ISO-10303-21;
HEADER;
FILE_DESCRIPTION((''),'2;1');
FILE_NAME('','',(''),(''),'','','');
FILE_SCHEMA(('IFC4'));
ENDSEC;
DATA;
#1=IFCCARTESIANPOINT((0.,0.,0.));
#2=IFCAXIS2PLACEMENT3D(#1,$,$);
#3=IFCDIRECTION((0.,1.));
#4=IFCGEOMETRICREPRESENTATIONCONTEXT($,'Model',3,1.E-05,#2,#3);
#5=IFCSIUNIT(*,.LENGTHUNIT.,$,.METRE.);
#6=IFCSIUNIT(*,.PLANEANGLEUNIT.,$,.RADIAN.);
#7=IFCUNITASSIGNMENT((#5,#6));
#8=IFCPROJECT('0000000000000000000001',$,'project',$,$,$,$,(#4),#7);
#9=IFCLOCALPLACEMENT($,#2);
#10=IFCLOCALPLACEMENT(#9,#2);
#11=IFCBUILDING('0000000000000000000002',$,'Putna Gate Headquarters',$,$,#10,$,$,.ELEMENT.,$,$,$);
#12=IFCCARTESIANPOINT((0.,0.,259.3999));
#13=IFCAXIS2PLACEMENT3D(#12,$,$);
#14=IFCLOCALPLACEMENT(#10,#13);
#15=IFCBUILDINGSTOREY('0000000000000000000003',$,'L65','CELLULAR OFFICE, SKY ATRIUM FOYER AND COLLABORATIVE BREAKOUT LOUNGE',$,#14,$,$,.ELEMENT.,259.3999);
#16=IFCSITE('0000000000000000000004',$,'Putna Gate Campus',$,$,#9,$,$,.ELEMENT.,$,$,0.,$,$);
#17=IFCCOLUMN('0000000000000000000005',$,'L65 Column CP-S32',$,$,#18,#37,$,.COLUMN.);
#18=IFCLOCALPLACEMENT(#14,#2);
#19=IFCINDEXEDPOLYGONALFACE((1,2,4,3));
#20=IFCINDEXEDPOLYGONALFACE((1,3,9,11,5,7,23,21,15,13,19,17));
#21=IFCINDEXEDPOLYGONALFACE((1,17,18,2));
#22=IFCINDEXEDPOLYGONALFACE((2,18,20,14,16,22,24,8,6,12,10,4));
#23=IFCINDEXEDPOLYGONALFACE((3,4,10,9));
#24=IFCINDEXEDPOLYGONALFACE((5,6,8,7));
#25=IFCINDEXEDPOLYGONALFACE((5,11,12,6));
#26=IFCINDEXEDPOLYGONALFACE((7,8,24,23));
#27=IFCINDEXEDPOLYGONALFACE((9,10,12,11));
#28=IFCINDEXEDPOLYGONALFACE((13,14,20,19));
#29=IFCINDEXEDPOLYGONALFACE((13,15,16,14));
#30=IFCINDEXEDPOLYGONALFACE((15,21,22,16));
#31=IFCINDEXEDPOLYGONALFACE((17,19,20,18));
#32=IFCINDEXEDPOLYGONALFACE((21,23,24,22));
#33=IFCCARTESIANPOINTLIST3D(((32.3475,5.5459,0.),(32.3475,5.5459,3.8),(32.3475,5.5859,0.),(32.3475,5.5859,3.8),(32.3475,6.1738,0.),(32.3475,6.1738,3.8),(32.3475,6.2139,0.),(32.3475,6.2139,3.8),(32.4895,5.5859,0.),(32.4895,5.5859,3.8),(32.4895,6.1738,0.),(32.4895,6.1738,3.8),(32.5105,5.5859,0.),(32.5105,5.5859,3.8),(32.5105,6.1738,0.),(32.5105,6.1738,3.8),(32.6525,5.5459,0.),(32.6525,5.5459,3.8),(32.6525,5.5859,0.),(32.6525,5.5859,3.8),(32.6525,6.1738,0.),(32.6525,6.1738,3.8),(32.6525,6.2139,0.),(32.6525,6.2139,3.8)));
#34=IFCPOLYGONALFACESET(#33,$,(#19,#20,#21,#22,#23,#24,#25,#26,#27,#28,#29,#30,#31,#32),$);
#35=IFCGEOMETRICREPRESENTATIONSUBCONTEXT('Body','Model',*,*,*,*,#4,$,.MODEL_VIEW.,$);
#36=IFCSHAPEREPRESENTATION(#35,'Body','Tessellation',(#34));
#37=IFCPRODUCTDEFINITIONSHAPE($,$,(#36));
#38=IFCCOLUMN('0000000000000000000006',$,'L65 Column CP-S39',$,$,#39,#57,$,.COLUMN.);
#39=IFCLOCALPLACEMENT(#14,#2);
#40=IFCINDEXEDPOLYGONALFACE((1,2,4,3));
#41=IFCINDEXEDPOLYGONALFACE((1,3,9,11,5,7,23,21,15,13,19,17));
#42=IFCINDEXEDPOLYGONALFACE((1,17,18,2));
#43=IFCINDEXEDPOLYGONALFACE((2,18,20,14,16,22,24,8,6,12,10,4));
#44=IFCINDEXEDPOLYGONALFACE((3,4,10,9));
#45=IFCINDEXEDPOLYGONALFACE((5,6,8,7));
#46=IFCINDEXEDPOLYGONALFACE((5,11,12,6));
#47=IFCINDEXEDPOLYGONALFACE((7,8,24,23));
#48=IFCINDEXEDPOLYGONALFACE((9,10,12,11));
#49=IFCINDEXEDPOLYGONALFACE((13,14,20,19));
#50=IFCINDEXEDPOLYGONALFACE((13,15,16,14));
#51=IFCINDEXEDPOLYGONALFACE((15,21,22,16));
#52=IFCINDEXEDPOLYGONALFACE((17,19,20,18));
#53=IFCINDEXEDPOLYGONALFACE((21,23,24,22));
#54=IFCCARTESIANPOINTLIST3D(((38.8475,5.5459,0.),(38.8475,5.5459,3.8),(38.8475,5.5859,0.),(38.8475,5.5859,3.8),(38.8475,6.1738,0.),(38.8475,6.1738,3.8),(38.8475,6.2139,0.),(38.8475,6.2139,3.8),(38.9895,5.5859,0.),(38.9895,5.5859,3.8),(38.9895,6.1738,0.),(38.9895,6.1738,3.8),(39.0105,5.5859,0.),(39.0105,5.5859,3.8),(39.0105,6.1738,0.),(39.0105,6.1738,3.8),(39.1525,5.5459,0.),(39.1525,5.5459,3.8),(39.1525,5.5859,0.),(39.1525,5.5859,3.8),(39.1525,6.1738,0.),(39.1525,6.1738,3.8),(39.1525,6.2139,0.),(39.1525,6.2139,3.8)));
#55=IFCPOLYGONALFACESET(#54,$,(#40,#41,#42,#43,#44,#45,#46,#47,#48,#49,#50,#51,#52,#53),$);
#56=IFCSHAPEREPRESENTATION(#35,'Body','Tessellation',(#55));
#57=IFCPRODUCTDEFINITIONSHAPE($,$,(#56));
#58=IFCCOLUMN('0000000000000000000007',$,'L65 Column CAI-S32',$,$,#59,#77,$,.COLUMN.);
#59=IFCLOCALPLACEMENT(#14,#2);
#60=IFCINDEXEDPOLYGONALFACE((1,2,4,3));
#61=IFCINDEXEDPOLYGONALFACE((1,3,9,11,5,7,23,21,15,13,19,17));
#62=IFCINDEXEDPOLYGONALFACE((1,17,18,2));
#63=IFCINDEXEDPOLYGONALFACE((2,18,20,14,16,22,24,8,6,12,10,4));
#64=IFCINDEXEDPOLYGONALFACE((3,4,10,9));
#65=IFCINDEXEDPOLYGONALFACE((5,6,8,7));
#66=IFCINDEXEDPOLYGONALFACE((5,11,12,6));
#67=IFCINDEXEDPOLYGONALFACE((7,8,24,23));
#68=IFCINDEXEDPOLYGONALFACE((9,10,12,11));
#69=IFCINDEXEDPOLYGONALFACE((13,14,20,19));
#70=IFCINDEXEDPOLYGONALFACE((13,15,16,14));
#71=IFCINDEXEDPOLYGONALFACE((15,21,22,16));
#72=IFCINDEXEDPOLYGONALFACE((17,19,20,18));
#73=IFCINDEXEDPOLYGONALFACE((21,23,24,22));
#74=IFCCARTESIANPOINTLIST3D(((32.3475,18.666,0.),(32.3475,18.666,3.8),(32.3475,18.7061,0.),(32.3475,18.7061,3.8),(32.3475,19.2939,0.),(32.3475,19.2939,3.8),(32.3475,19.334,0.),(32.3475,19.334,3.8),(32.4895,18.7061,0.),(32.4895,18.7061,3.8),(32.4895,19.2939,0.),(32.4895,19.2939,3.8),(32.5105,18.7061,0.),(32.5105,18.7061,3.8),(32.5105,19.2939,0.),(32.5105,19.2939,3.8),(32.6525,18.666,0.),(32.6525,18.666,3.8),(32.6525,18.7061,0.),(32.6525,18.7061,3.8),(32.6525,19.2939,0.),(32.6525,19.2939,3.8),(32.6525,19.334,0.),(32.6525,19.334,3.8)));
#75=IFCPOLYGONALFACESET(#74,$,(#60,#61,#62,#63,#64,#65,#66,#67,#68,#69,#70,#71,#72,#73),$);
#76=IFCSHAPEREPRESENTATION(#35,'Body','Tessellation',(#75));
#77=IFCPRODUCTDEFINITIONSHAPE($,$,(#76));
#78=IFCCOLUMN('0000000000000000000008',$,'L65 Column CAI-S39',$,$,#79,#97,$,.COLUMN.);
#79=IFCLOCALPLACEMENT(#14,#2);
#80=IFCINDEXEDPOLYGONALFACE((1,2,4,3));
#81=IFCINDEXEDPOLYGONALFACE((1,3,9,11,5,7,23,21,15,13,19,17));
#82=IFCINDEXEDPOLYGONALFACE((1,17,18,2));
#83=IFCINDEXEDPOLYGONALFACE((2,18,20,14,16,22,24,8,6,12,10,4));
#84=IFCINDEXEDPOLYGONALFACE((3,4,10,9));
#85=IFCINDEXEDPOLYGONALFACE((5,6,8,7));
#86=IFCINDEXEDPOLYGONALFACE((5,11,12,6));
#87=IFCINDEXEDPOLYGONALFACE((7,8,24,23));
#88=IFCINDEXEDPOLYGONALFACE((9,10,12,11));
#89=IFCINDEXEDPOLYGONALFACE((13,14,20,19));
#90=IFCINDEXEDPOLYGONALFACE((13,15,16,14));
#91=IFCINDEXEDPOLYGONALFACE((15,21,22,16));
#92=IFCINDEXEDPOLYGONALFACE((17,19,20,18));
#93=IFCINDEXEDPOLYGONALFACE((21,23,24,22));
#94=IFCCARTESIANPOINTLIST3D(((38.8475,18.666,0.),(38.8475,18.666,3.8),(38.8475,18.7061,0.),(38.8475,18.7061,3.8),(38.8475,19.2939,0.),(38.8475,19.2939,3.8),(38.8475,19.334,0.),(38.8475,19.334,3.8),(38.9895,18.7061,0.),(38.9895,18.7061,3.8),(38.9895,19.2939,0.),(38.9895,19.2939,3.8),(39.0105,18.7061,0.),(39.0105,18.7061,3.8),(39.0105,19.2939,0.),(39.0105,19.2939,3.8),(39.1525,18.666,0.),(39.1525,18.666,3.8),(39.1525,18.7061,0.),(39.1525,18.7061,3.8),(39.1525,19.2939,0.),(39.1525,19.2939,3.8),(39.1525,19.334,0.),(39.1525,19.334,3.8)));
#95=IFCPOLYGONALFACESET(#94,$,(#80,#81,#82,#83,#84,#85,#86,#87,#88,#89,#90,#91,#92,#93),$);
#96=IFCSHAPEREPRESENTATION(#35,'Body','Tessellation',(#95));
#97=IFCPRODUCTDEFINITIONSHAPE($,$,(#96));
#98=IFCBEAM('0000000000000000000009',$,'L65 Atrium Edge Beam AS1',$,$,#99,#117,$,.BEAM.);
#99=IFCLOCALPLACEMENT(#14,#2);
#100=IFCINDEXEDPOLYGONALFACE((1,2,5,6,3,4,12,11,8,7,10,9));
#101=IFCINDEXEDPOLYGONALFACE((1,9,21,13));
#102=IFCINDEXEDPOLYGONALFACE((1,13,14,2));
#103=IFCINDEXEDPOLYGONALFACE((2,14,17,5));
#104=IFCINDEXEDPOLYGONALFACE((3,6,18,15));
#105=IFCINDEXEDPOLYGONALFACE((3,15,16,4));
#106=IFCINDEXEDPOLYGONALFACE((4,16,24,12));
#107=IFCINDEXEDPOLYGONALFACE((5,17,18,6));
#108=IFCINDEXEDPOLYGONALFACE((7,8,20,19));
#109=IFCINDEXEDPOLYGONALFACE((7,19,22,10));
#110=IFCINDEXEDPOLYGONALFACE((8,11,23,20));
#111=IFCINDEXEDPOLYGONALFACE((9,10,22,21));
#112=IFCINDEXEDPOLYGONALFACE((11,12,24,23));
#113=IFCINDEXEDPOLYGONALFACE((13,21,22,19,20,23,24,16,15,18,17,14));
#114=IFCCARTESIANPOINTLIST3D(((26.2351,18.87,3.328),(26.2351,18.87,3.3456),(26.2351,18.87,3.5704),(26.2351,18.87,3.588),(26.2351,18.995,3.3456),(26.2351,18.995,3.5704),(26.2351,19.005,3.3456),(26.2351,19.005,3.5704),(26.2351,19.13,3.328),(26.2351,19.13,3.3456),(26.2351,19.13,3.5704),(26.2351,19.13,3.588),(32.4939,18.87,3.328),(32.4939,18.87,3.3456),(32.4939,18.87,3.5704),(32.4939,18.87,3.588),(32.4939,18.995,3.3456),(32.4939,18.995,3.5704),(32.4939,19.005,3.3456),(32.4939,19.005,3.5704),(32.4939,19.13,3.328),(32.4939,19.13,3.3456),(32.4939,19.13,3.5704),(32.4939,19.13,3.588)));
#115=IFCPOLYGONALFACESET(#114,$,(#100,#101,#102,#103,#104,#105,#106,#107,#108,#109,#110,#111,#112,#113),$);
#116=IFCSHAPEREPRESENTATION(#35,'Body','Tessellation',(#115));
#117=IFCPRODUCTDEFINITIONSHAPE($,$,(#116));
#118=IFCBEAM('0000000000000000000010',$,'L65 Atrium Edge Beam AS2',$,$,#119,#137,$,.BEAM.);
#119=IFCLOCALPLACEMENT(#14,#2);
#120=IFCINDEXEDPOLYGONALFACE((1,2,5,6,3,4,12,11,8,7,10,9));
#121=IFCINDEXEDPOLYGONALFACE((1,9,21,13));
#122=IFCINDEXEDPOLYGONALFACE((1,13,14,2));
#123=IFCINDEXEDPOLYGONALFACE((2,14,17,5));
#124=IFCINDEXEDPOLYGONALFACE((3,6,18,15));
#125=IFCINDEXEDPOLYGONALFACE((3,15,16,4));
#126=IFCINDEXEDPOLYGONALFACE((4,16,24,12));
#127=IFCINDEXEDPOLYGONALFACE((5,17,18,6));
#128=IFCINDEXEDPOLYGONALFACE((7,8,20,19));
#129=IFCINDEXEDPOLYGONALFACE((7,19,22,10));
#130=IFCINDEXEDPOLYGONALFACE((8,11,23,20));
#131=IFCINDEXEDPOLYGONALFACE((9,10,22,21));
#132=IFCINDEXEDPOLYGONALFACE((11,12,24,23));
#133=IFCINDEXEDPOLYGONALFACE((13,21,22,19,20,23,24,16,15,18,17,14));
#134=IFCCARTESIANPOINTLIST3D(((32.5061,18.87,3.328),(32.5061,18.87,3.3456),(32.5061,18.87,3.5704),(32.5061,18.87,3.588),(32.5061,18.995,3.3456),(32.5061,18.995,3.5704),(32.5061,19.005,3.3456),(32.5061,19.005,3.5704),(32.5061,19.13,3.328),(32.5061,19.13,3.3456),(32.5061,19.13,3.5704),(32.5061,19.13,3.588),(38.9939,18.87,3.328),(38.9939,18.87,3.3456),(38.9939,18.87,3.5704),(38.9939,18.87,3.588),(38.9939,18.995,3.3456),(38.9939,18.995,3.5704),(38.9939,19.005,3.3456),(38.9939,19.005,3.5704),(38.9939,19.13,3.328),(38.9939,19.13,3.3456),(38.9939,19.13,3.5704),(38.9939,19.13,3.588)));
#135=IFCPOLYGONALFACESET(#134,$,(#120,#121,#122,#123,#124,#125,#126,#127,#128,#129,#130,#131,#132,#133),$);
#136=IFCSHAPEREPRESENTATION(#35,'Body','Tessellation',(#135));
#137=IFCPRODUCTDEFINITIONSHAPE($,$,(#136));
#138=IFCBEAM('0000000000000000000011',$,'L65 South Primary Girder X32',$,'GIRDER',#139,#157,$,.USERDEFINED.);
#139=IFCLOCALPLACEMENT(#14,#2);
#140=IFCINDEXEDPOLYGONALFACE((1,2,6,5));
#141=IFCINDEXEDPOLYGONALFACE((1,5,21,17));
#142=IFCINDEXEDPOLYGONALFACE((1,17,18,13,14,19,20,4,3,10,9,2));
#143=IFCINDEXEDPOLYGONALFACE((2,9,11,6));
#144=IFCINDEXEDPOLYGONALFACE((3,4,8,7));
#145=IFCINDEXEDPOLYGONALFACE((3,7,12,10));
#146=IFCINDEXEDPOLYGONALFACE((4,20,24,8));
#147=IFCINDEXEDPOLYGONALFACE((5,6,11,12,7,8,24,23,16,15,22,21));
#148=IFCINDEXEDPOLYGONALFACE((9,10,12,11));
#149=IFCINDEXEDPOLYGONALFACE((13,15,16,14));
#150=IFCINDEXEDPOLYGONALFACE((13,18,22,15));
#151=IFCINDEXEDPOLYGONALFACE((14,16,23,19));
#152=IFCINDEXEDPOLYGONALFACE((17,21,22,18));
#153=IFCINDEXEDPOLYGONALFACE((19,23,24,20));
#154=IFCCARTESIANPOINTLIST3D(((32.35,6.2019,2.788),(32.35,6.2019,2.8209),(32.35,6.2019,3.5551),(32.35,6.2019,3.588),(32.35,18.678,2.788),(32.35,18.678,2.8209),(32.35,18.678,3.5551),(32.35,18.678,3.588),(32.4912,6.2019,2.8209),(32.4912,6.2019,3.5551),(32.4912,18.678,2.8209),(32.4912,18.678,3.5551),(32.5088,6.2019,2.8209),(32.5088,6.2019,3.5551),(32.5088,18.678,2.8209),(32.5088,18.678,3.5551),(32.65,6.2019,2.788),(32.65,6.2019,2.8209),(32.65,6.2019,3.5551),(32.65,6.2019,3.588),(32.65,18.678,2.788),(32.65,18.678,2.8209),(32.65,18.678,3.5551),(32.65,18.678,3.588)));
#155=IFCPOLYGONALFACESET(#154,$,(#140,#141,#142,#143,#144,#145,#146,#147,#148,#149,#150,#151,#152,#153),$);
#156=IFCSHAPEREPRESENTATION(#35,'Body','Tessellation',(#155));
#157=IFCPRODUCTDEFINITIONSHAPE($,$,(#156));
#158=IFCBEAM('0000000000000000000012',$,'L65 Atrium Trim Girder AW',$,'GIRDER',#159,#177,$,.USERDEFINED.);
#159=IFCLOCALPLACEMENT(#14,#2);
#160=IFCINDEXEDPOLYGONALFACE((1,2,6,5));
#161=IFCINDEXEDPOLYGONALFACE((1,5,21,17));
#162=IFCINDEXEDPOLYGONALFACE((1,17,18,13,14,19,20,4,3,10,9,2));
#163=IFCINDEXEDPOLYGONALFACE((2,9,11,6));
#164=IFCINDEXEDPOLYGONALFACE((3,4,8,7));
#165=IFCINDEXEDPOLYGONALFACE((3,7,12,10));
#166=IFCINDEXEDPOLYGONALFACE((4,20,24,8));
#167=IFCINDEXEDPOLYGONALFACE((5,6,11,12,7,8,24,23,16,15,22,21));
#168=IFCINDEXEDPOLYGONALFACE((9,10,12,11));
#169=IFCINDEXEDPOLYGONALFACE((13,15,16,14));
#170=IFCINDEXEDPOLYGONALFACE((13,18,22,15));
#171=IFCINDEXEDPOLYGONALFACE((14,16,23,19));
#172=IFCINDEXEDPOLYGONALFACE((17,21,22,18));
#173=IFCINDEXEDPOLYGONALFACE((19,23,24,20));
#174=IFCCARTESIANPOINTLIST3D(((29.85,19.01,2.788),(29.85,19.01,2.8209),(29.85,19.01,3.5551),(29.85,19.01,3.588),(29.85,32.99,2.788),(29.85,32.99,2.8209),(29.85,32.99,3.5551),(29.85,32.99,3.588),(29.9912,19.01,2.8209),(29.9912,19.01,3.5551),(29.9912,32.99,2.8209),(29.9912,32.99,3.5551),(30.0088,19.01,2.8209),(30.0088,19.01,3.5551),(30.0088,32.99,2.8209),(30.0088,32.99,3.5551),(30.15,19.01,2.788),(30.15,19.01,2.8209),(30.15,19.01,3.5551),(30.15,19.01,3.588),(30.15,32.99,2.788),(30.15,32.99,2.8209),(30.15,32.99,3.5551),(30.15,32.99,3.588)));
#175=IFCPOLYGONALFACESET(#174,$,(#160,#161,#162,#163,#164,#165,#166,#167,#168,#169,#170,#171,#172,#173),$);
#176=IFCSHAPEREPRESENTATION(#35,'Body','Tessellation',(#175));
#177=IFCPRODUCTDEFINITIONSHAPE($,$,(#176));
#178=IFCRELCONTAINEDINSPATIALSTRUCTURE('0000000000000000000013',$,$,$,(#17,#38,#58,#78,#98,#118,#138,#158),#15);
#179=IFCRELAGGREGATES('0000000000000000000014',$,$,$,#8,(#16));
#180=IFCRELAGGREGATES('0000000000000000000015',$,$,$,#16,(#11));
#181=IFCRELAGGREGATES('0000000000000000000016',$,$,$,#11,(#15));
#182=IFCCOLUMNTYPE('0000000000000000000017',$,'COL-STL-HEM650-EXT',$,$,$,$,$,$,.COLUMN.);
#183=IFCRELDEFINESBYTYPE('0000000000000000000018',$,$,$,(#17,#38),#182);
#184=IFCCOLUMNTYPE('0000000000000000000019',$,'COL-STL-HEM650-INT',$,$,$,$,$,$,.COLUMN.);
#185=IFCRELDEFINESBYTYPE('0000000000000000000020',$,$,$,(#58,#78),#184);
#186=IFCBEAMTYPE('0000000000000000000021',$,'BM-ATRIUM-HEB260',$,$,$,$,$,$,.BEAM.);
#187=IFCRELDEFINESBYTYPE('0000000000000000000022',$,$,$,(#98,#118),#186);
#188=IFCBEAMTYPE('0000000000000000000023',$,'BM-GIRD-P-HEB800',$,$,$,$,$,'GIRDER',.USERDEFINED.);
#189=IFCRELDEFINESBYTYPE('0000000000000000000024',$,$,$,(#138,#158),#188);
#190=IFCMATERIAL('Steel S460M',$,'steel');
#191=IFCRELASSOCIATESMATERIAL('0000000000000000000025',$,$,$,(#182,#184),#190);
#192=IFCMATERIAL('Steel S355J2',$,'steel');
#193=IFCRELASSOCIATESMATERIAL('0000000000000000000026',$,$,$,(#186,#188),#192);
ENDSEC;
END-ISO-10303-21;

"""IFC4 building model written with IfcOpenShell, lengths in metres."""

from ifc_helpers import new_model, si_unit, direction, frame, origin, origin_2d, place, context, subcontext, project, spatial, i_section, extrude, material, material_profile, profile_set, type_object, element, save


model = new_model("IFC4")

# Units and contexts
model_context = context("Model", 3, precision=1e-05, world=origin(), true_north=direction((0.0, 1.0)))
body_context = subcontext(model_context, "Body", "Model", "MODEL_VIEW")
ifc_project = project(units=[si_unit("LENGTHUNIT", "METRE"), si_unit("PLANEANGLEUNIT", "RADIAN")], contexts=[model_context])

# Site, building, storey
site_placement = place(None, origin())
site = spatial("IfcSite", under=ifc_project, at=site_placement, Name="Putna Gate Campus", CompositionType="ELEMENT", RefElevation=0.0)
building_placement = place(site_placement, origin())
building = spatial("IfcBuilding", under=site, at=building_placement, Name="Putna Gate Headquarters", CompositionType="ELEMENT")
storey_placement = place(building_placement, frame((0.0, 0.0, 259.3999)))
storey = spatial("IfcBuildingStorey", under=building, at=storey_placement, Name="L65", Description="CELLULAR OFFICE, SKY ATRIUM FOYER AND COLLABORATIVE BREAKOUT LOUNGE", CompositionType="ELEMENT", Elevation=259.3999)

# Columns
ifc_material_1 = material(Name="Steel S460M", Category="steel")
ifc_material_profile_1 = material_profile(ifc_material_1, i_section(OverallWidth=0.3049, OverallDepth=0.668, WebThickness=0.021, FlangeThickness=0.04, at=origin_2d()), Name="Steel S460M")
ifc_profile_set_1 = profile_set([ifc_material_profile_1], Name="Steel S460M")
column_type_1 = type_object("IfcColumnType", Name="COL-STL-HEM650-EXT", PredefinedType="COLUMN", material=ifc_profile_set_1)
for number, where, z_axis, x_axis, name in (
    (1, (32.5, 5.8799, 0.0), (0.0, 0.0, 1.0), (1.0, 0.0, 0.0), "L65 Column CP-S32"),
    (2, (39.0, 5.8799, 0.0), (0.0, 0.0, 1.0), (1.0, 0.0, 0.0), "L65 Column CP-S39"),
):
    element("IfcColumn", number, at=place(storey_placement, frame(where, z_axis=z_axis, x_axis=x_axis)), inside=storey, type_object=column_type_1, Name=name, PredefinedType="COLUMN", context=body_context, shape_type="SweptSolid", body=[
        extrude(i_section(OverallWidth=0.3049, OverallDepth=0.668, WebThickness=0.021, FlangeThickness=0.04, at=origin_2d()), origin(), (0.0, 0.0, 1.0), 3.8),
    ])
ifc_material_profile_2 = material_profile(ifc_material_1, i_section(OverallWidth=0.3049, OverallDepth=0.668, WebThickness=0.021, FlangeThickness=0.04, at=origin_2d()), Name="Steel S460M")
ifc_profile_set_2 = profile_set([ifc_material_profile_2], Name="Steel S460M")
column_type_2 = type_object("IfcColumnType", Name="COL-STL-HEM650-INT", PredefinedType="COLUMN", material=ifc_profile_set_2)
for number, where, z_axis, x_axis, name in (
    (3, (32.5, 19.0, 0.0), (0.0, 0.0, 1.0), (1.0, 0.0, 0.0), "L65 Column CAI-S32"),
    (4, (39.0, 19.0, 0.0), (0.0, 0.0, 1.0), (1.0, 0.0, 0.0), "L65 Column CAI-S39"),
):
    element("IfcColumn", number, at=place(storey_placement, frame(where, z_axis=z_axis, x_axis=x_axis)), inside=storey, type_object=column_type_2, Name=name, PredefinedType="COLUMN", context=body_context, shape_type="SweptSolid", body=[
        extrude(i_section(OverallWidth=0.3049, OverallDepth=0.668, WebThickness=0.021, FlangeThickness=0.04, at=origin_2d()), origin(), (0.0, 0.0, 1.0), 3.8),
    ])

# Beams
ifc_material_2 = material(Name="Steel S355J2", Category="steel")
ifc_material_profile_3 = material_profile(ifc_material_2, i_section(OverallWidth=0.26, OverallDepth=0.26, WebThickness=0.01, FlangeThickness=0.0176, at=origin_2d()), Name="Steel S355J2")
ifc_profile_set_3 = profile_set([ifc_material_profile_3], Name="Steel S355J2")
beam_type_1 = type_object("IfcBeamType", Name="BM-ATRIUM-HEB260", PredefinedType="BEAM", material=ifc_profile_set_3)
beam_1_placement = place(storey_placement, frame((26.2351, 19.0, 3.458), z_axis=(1.0, 0.0, 0.0), x_axis=(0.0, 1.0, 0.0)))
element("IfcBeam", 5, at=beam_1_placement, inside=storey, type_object=beam_type_1, Name="L65 Atrium Edge Beam AS1", PredefinedType="BEAM", context=body_context, shape_type="SweptSolid", body=[
    extrude(i_section(OverallWidth=0.26, OverallDepth=0.26, WebThickness=0.01, FlangeThickness=0.0176, at=origin_2d()), origin(), (0.0, 0.0, 1.0), 6.2588),
])
beam_2_placement = place(storey_placement, frame((32.5061, 19.0, 3.458), z_axis=(1.0, 0.0, 0.0), x_axis=(0.0, 1.0, 0.0)))
element("IfcBeam", 6, at=beam_2_placement, inside=storey, type_object=beam_type_1, Name="L65 Atrium Edge Beam AS2", PredefinedType="BEAM", context=body_context, shape_type="SweptSolid", body=[
    extrude(i_section(OverallWidth=0.26, OverallDepth=0.26, WebThickness=0.01, FlangeThickness=0.0176, at=origin_2d()), origin(), (0.0, 0.0, 1.0), 6.4878),
])
ifc_material_profile_4 = material_profile(ifc_material_2, i_section(OverallWidth=0.3, OverallDepth=0.8, WebThickness=0.0176, FlangeThickness=0.033, at=origin_2d()), Name="Steel S355J2")
ifc_profile_set_4 = profile_set([ifc_material_profile_4], Name="Steel S355J2")
beam_type_2 = type_object("IfcBeamType", Name="BM-GIRD-P-HEB800", ElementType="GIRDER", PredefinedType="USERDEFINED", material=ifc_profile_set_4)
beam_3_placement = place(storey_placement, frame((32.5, 6.2019, 3.188), z_axis=(0.0, 1.0, 0.0), x_axis=(-1.0, 0.0, 0.0)))
element("IfcBeam", 7, at=beam_3_placement, inside=storey, type_object=beam_type_2, Name="L65 South Primary Girder X32", ObjectType="GIRDER", PredefinedType="USERDEFINED", context=body_context, shape_type="SweptSolid", body=[
    extrude(i_section(OverallWidth=0.3, OverallDepth=0.8, WebThickness=0.0176, FlangeThickness=0.033, at=origin_2d()), origin(), (0.0, 0.0, 1.0), 12.4761),
])
beam_4_placement = place(storey_placement, frame((30.0, 19.01, 3.188), z_axis=(0.0, 1.0, 0.0), x_axis=(-1.0, 0.0, 0.0)))
element("IfcBeam", 8, at=beam_4_placement, inside=storey, type_object=beam_type_2, Name="L65 Atrium Trim Girder AW", ObjectType="GIRDER", PredefinedType="USERDEFINED", context=body_context, shape_type="SweptSolid", body=[
    extrude(i_section(OverallWidth=0.3, OverallDepth=0.8, WebThickness=0.0176, FlangeThickness=0.033, at=origin_2d()), origin(), (0.0, 0.0, 1.0), 13.98),
])

save(model, "model.ifc")
